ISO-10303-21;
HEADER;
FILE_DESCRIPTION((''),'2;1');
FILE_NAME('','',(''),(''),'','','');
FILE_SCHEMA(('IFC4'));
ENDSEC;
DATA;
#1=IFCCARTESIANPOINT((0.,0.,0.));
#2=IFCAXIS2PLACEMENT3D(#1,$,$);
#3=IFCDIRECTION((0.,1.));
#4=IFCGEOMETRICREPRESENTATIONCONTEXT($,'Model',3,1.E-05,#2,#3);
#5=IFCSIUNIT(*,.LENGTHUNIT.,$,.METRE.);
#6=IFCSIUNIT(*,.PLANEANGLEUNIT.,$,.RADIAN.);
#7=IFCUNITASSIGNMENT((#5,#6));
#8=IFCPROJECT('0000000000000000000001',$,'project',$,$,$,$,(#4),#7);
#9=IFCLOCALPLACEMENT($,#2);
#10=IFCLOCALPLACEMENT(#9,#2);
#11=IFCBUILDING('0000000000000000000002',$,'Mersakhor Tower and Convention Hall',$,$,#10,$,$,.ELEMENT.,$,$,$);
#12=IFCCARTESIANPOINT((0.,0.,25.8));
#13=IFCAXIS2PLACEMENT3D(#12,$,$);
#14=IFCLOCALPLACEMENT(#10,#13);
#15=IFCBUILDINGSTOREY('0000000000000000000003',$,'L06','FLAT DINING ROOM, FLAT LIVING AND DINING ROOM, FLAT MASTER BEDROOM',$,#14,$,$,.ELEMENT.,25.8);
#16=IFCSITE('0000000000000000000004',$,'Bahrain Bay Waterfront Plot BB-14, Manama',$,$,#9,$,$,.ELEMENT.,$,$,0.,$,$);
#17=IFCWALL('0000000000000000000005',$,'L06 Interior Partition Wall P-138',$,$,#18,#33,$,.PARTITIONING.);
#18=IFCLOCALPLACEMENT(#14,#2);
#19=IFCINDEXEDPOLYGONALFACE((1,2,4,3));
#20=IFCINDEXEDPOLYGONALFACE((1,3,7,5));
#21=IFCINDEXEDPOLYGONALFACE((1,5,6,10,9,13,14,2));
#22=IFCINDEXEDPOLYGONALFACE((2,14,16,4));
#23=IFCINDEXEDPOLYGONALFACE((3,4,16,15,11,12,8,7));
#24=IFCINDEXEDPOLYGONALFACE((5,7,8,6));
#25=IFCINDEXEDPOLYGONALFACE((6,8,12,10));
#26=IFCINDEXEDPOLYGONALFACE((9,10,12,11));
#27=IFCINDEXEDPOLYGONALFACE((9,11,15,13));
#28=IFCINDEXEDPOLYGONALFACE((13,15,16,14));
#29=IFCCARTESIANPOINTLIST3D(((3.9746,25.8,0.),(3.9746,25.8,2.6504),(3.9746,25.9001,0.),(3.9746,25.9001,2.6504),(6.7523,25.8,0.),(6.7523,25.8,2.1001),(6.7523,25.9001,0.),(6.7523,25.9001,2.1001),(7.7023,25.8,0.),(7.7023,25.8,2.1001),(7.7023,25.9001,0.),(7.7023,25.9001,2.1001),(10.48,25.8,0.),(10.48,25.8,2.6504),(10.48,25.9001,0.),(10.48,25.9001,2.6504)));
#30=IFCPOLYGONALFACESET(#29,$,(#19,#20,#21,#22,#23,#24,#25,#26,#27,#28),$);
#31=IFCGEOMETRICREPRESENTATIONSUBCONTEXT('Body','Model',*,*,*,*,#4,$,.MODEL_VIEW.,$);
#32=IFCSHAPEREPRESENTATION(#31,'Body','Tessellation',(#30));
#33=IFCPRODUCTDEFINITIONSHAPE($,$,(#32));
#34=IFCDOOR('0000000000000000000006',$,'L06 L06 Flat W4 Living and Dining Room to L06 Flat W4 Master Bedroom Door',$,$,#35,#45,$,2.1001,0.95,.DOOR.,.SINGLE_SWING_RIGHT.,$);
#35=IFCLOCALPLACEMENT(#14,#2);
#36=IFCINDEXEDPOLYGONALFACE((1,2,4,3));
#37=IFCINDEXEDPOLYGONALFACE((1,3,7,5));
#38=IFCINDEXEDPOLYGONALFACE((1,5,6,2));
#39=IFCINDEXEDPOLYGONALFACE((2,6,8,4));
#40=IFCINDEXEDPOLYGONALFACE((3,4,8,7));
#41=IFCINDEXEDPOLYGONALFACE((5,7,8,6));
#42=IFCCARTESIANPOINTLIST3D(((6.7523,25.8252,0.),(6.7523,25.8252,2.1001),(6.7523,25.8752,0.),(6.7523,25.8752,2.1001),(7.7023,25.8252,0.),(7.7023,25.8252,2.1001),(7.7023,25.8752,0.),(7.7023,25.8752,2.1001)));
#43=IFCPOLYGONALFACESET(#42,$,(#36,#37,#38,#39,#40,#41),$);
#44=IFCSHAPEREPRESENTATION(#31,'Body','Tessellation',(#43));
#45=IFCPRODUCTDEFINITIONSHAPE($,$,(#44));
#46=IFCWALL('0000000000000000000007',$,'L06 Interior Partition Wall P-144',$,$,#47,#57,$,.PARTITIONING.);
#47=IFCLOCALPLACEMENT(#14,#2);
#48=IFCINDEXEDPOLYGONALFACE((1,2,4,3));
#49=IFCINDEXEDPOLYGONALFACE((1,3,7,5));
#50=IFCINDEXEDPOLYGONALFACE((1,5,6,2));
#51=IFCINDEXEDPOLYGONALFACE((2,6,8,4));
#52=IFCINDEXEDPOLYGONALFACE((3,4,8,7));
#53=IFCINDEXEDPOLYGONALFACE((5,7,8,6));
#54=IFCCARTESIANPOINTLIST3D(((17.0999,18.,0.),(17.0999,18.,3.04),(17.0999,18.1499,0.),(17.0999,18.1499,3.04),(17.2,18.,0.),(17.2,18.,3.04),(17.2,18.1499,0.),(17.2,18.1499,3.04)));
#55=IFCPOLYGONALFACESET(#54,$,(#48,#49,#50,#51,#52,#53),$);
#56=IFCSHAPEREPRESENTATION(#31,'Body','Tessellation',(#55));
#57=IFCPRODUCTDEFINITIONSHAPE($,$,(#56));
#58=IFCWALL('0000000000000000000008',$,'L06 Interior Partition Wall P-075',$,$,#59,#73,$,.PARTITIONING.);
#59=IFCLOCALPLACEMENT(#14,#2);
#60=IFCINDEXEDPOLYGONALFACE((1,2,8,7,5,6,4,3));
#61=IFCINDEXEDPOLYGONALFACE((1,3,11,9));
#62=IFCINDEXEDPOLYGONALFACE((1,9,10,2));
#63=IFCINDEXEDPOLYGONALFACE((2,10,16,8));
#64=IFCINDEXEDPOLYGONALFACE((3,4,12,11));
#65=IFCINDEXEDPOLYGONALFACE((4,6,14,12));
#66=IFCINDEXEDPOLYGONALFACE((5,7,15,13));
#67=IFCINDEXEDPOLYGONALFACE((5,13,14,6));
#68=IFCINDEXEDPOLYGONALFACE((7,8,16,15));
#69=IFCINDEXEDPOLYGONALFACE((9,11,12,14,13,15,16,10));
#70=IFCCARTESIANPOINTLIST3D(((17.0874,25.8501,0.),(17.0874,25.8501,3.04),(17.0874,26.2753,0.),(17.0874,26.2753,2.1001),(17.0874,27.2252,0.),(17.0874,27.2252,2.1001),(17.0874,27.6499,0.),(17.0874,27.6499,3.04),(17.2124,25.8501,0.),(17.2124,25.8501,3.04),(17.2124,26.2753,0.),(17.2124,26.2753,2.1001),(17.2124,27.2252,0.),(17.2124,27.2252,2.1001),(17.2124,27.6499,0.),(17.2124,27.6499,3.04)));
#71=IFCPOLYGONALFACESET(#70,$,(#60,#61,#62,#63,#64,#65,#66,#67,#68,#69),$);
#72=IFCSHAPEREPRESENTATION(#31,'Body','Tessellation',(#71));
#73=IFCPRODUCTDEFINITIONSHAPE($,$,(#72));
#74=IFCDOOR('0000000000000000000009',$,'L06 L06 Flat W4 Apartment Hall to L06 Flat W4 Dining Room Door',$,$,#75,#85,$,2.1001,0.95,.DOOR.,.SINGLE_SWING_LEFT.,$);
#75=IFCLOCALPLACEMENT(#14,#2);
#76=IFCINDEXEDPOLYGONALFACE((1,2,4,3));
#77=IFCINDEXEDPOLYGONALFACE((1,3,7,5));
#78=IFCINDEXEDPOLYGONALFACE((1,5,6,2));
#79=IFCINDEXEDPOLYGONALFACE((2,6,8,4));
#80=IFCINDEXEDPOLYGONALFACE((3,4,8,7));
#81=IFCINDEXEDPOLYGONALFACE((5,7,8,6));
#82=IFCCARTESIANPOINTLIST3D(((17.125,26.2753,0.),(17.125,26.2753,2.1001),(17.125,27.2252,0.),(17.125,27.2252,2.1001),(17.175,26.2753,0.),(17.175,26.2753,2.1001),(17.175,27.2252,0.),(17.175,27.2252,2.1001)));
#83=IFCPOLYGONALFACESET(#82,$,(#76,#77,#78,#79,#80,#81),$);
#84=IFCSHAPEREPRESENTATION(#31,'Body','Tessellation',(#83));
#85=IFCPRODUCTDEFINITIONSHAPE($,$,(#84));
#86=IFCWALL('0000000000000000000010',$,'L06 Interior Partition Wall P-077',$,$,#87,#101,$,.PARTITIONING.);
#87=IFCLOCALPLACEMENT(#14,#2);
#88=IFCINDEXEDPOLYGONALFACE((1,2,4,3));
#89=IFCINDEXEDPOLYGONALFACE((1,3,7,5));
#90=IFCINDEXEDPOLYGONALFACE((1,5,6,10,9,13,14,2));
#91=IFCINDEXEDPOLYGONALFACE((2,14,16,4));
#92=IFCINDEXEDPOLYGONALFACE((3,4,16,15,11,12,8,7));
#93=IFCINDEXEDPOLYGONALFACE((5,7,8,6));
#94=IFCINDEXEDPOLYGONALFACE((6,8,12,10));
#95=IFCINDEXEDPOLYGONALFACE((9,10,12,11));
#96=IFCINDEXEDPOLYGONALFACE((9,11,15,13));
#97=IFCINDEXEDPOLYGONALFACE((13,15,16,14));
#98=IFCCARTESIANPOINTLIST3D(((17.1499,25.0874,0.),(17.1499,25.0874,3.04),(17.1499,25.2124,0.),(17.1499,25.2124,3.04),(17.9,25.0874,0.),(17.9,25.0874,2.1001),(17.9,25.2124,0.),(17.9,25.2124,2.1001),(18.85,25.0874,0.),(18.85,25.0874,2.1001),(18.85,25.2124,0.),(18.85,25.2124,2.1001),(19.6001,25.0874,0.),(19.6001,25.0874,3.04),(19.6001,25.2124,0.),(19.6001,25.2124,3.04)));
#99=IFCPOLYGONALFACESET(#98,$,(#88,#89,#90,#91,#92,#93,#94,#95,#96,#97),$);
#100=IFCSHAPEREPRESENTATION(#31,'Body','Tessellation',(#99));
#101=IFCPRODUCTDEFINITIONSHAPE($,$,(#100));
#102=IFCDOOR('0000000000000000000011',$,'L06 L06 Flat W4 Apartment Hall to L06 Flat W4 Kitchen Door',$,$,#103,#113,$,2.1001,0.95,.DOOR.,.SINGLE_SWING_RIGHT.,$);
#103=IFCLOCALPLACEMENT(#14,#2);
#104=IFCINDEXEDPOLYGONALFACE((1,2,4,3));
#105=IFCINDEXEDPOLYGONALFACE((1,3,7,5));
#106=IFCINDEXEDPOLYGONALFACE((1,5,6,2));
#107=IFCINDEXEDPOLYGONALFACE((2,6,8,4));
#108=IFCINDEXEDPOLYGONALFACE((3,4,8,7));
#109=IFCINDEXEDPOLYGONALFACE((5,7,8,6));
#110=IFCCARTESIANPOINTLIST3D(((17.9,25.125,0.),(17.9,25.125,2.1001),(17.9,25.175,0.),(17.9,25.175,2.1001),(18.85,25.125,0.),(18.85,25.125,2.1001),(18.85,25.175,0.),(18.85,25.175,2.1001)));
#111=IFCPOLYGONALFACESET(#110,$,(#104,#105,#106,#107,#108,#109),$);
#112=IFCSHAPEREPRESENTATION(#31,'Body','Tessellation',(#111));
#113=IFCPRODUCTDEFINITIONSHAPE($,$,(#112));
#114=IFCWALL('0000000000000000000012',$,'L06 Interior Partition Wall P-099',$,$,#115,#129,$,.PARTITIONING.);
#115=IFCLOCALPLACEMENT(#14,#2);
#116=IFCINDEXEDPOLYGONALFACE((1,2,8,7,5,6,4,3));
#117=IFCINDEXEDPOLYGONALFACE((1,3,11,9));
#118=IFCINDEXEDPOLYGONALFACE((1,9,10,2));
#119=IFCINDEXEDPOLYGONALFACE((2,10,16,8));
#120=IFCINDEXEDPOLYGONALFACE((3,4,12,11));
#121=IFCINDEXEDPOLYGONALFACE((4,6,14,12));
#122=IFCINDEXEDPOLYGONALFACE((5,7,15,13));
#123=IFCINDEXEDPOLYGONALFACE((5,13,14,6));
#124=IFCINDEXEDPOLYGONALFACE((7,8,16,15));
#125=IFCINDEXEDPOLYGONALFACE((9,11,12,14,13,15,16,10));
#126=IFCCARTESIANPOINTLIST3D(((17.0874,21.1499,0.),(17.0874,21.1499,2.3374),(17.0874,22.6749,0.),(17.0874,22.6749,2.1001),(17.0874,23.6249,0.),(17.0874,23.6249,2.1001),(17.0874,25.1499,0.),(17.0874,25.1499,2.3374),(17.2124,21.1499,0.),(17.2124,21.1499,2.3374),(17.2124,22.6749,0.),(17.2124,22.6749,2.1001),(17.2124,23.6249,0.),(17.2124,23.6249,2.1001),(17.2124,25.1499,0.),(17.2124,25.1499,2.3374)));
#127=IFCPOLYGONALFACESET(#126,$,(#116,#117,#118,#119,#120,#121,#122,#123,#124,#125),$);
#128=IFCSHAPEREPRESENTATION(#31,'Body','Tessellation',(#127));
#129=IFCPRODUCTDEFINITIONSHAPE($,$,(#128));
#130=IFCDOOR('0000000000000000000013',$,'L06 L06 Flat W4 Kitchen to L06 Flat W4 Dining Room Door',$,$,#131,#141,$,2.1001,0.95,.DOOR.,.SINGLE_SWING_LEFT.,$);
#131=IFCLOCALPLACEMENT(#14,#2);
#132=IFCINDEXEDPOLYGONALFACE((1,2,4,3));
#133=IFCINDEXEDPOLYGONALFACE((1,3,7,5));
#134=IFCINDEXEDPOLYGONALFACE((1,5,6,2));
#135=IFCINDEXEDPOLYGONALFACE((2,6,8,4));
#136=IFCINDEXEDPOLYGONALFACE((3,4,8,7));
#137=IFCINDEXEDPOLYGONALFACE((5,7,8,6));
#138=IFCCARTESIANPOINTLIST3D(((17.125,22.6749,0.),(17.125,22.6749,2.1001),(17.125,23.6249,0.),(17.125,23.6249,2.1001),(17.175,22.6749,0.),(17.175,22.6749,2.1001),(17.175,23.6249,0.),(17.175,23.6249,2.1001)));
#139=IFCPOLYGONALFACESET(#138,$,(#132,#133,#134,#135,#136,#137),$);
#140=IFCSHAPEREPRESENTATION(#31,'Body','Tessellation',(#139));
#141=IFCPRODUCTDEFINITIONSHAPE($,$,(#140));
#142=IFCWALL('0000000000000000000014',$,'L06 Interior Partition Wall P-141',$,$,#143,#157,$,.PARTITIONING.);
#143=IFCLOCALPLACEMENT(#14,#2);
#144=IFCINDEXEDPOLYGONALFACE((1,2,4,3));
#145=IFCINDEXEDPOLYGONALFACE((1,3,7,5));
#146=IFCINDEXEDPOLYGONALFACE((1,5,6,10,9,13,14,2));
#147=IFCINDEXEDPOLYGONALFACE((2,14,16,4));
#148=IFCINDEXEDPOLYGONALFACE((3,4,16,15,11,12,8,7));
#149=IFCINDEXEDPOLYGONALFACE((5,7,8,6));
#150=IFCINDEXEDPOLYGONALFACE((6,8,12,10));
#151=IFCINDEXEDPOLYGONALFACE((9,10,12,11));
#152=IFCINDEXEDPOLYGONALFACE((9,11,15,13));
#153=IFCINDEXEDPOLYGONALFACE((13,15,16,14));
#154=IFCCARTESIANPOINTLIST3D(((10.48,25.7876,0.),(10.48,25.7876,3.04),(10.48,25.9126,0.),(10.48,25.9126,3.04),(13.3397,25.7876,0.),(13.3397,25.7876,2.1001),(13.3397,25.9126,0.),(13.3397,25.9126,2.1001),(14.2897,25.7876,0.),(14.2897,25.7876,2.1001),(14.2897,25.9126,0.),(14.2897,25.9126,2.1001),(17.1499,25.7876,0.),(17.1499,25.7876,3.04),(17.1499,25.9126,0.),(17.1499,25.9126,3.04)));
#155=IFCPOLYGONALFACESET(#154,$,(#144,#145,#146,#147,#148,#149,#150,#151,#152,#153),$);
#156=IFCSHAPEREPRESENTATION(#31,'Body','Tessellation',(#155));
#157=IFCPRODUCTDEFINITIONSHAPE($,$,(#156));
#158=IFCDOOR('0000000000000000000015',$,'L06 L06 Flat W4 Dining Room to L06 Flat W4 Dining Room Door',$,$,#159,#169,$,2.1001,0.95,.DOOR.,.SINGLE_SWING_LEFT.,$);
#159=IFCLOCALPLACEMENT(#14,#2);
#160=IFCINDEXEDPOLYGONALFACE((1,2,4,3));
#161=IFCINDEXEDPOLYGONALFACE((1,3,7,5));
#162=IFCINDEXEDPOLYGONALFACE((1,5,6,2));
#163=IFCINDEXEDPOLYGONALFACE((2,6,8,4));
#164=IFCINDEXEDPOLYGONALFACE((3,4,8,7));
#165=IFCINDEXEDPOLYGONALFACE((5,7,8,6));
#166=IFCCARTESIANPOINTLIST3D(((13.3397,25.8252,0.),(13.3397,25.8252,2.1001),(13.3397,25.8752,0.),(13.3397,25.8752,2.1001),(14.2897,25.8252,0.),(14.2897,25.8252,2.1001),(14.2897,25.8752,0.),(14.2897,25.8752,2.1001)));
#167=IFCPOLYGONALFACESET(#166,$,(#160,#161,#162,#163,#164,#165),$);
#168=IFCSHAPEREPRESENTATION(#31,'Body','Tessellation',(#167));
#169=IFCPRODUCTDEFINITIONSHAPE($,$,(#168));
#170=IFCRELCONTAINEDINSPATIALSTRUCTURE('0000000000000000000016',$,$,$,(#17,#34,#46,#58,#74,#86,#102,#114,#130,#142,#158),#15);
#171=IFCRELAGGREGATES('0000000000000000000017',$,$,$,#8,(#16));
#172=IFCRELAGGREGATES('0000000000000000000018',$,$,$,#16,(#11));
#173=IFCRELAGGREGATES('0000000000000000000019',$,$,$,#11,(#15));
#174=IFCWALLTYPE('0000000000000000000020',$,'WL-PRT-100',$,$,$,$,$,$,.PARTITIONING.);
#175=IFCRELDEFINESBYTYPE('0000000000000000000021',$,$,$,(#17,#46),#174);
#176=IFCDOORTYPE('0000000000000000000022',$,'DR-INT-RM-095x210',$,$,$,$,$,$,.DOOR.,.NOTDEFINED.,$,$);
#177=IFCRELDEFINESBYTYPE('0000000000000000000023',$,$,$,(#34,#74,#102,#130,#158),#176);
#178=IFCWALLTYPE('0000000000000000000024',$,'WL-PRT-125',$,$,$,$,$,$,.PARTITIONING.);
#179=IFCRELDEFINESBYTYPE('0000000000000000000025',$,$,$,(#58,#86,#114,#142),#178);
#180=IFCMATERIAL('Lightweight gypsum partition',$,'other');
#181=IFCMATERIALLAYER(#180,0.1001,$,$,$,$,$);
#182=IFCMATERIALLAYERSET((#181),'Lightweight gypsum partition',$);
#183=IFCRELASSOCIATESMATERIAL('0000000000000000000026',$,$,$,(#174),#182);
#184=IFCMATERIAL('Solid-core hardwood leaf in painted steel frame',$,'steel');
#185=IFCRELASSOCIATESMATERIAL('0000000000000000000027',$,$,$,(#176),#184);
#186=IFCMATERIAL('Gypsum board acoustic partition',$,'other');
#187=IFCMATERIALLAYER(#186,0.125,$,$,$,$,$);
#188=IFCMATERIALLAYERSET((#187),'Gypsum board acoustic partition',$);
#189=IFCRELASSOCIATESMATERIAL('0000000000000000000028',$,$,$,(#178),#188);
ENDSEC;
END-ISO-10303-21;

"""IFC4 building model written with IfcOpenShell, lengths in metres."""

from ifc_helpers import new_model, si_unit, direction, frame, frame_2d, origin, place, context, subcontext, project, spatial, rectangle, extrude, material, layer, layer_set, type_object, element, fill, save


model = new_model("IFC4")

# Units and contexts
model_context = context("Model", 3, precision=1e-05, world=origin(), true_north=direction((0.0, 1.0)))
body_context = subcontext(model_context, "Body", "Model", "MODEL_VIEW")
ifc_project = project(units=[si_unit("LENGTHUNIT", "METRE"), si_unit("PLANEANGLEUNIT", "RADIAN")], contexts=[model_context])

# Site, building, storey
site_placement = place(None, origin())
site = spatial("IfcSite", under=ifc_project, at=site_placement, Name="Bahrain Bay Waterfront Plot BB-14, Manama", CompositionType="ELEMENT", RefElevation=0.0)
building_placement = place(site_placement, origin())
building = spatial("IfcBuilding", under=site, at=building_placement, Name="Mersakhor Tower and Convention Hall", CompositionType="ELEMENT")
storey_placement = place(building_placement, frame((0.0, 0.0, 25.8)))
storey = spatial("IfcBuildingStorey", under=building, at=storey_placement, Name="L06", Description="FLAT DINING ROOM, FLAT LIVING AND DINING ROOM, FLAT MASTER BEDROOM", CompositionType="ELEMENT", Elevation=25.8)

# Shared definitions
ifc_material_1 = material(Name="Lightweight gypsum partition", Category="other")
ifc_layer_1 = layer(ifc_material_1, 0.1001)
ifc_layer_set_1 = layer_set([ifc_layer_1], Name="Lightweight gypsum partition")
wall_type_1 = type_object("IfcWallType", Name="WL-PRT-100", PredefinedType="PARTITIONING", material=ifc_layer_set_1)

# Wall, opening, door
wall_1_placement = place(storey_placement, frame((10.48, 25.8501, 0.0), z_axis=(0.0, 0.0, 1.0), x_axis=(-1.0, 0.0, 0.0)))
wall_1 = element("IfcWall", 1, at=wall_1_placement, inside=storey, type_object=wall_type_1, Name="L06 Interior Partition Wall P-138", PredefinedType="PARTITIONING", context=body_context, shape_type="SweptSolid", body=[
    extrude(rectangle(XDim=6.5054, YDim=0.1001, at=frame_2d((3.2527, 0.0))), origin(), (0.0, 0.0, 1.0), 2.6504),
])
opening_1_placement = place(wall_1_placement, frame((2.7776, 0.0, 0.0)))
opening_1 = element("IfcOpeningElement", 2, at=opening_1_placement, cuts=wall_1, PredefinedType="OPENING", context=body_context, shape_type="SweptSolid", body=[
    extrude(rectangle(XDim=0.95, YDim=2.1001, at=frame_2d((0.4751, 1.05))), frame((0.0, 0.0601, 0.0), z_axis=(0.0, -1.0, 0.0), x_axis=(1.0, 0.0, 0.0)), (0.0, 0.0, 1.0), 0.1201),
])
ifc_material_2 = material(Name="Solid-core hardwood leaf in painted steel frame", Category="steel")
door_type_1 = type_object("IfcDoorType", Name="DR-INT-RM-095x210", OperationType="NOTDEFINED", PredefinedType="DOOR", material=ifc_material_2)
door_1_placement = place(opening_1_placement, origin())
door_1 = element("IfcDoor", 3, at=door_1_placement, inside=storey, type_object=door_type_1, Name="L06 L06 Flat W4 Living and Dining Room to L06 Flat W4 Master Bedroom Door", OperationType="SINGLE_SWING_RIGHT", OverallHeight=2.1001, OverallWidth=0.95, PredefinedType="DOOR", context=body_context, shape_type="SweptSolid", body=[
    extrude(rectangle(XDim=0.95, YDim=2.1001, at=frame_2d((0.4751, 1.05))), frame((0.0, 0.0249, 0.0), z_axis=(0.0, -1.0, 0.0), x_axis=(1.0, 0.0, 0.0)), (0.0, 0.0, 1.0), 0.05),
])
fill(opening_1, door_1)

# Wall
wall_2_placement = place(storey_placement, frame((17.1499, 18.1499, 0.0), z_axis=(0.0, 0.0, 1.0), x_axis=(0.0, -1.0, 0.0)))
element("IfcWall", 4, at=wall_2_placement, inside=storey, type_object=wall_type_1, Name="L06 Interior Partition Wall P-144", PredefinedType="PARTITIONING", context=body_context, shape_type="SweptSolid", body=[
    extrude(rectangle(XDim=0.1499, YDim=0.1001, at=frame_2d((0.075, 0.0))), origin(), (0.0, 0.0, 1.0), 3.04),
])

# Walls, openings, doors
ifc_material_3 = material(Name="Gypsum board acoustic partition", Category="other")
ifc_layer_2 = layer(ifc_material_3, 0.125)
ifc_layer_set_2 = layer_set([ifc_layer_2], Name="Gypsum board acoustic partition")
wall_type_2 = type_object("IfcWallType", Name="WL-PRT-125", PredefinedType="PARTITIONING", material=ifc_layer_set_2)
wall_3_placement = place(storey_placement, frame((17.1499, 25.8501, 0.0), z_axis=(0.0, 0.0, 1.0), x_axis=(0.0, 1.0, 0.0)))
wall_3 = element("IfcWall", 5, at=wall_3_placement, inside=storey, type_object=wall_type_2, Name="L06 Interior Partition Wall P-075", PredefinedType="PARTITIONING", context=body_context, shape_type="SweptSolid", body=[
    extrude(rectangle(XDim=1.7998, YDim=0.125, at=frame_2d((0.8999, 0.0))), origin(), (0.0, 0.0, 1.0), 3.04),
])
opening_2_placement = place(wall_3_placement, frame((0.425, 0.0, 0.0)))
opening_2 = element("IfcOpeningElement", 6, at=opening_2_placement, cuts=wall_3, PredefinedType="OPENING", context=body_context, shape_type="SweptSolid", body=[
    extrude(rectangle(XDim=0.95, YDim=2.1001, at=frame_2d((0.4751, 1.05))), frame((0.0, 0.0725, 0.0), z_axis=(0.0, -1.0, 0.0), x_axis=(1.0, 0.0, 0.0)), (0.0, 0.0, 1.0), 0.145),
])
door_2_placement = place(opening_2_placement, origin())
door_2 = element("IfcDoor", 7, at=door_2_placement, inside=storey, type_object=door_type_1, Name="L06 L06 Flat W4 Apartment Hall to L06 Flat W4 Dining Room Door", OperationType="SINGLE_SWING_LEFT", OverallHeight=2.1001, OverallWidth=0.95, PredefinedType="DOOR", context=body_context, shape_type="SweptSolid", body=[
    extrude(rectangle(XDim=0.95, YDim=2.1001, at=frame_2d((0.4751, 1.05))), frame((0.0, 0.0249, 0.0), z_axis=(0.0, -1.0, 0.0), x_axis=(1.0, 0.0, 0.0)), (0.0, 0.0, 1.0), 0.05),
])
fill(opening_2, door_2)
wall_4_placement = place(storey_placement, frame((19.6001, 25.1499, 0.0), z_axis=(0.0, 0.0, 1.0), x_axis=(-1.0, 0.0, 0.0)))
wall_4 = element("IfcWall", 8, at=wall_4_placement, inside=storey, type_object=wall_type_2, Name="L06 Interior Partition Wall P-077", PredefinedType="PARTITIONING", context=body_context, shape_type="SweptSolid", body=[
    extrude(rectangle(XDim=2.4502, YDim=0.125, at=frame_2d((1.2251, 0.0))), origin(), (0.0, 0.0, 1.0), 3.04),
])
opening_3_placement = place(wall_4_placement, frame((0.75, 0.0, 0.0)))
opening_3 = element("IfcOpeningElement", 9, at=opening_3_placement, cuts=wall_4, PredefinedType="OPENING", context=body_context, shape_type="SweptSolid", body=[
    extrude(rectangle(XDim=0.95, YDim=2.1001, at=frame_2d((0.4751, 1.05))), frame((0.0, 0.0725, 0.0), z_axis=(0.0, -1.0, 0.0), x_axis=(1.0, 0.0, 0.0)), (0.0, 0.0, 1.0), 0.145),
])
door_3_placement = place(opening_3_placement, origin())
door_3 = element("IfcDoor", 10, at=door_3_placement, inside=storey, type_object=door_type_1, Name="L06 L06 Flat W4 Apartment Hall to L06 Flat W4 Kitchen Door", OperationType="SINGLE_SWING_RIGHT", OverallHeight=2.1001, OverallWidth=0.95, PredefinedType="DOOR", context=body_context, shape_type="SweptSolid", body=[
    extrude(rectangle(XDim=0.95, YDim=2.1001, at=frame_2d((0.4751, 1.05))), frame((0.0, 0.0249, 0.0), z_axis=(0.0, -1.0, 0.0), x_axis=(1.0, 0.0, 0.0)), (0.0, 0.0, 1.0), 0.05),
])
fill(opening_3, door_3)
wall_5_placement = place(storey_placement, frame((17.1499, 21.1499, 0.0), z_axis=(0.0, 0.0, 1.0), x_axis=(0.0, 1.0, 0.0)))
wall_5 = element("IfcWall", 11, at=wall_5_placement, inside=storey, type_object=wall_type_2, Name="L06 Interior Partition Wall P-099", PredefinedType="PARTITIONING", context=body_context, shape_type="SweptSolid", body=[
    extrude(rectangle(XDim=4.0, YDim=0.125, at=frame_2d((2.0, 0.0))), origin(), (0.0, 0.0, 1.0), 2.3374),
])
opening_4_placement = place(wall_5_placement, frame((1.5249, 0.0, 0.0)))
opening_4 = element("IfcOpeningElement", 12, at=opening_4_placement, cuts=wall_5, PredefinedType="OPENING", context=body_context, shape_type="SweptSolid", body=[
    extrude(rectangle(XDim=0.95, YDim=2.1001, at=frame_2d((0.4751, 1.05))), frame((0.0, 0.0725, 0.0), z_axis=(0.0, -1.0, 0.0), x_axis=(1.0, 0.0, 0.0)), (0.0, 0.0, 1.0), 0.145),
])
door_4_placement = place(opening_4_placement, origin())
door_4 = element("IfcDoor", 13, at=door_4_placement, inside=storey, type_object=door_type_1, Name="L06 L06 Flat W4 Kitchen to L06 Flat W4 Dining Room Door", OperationType="SINGLE_SWING_LEFT", OverallHeight=2.1001, OverallWidth=0.95, PredefinedType="DOOR", context=body_context, shape_type="SweptSolid", body=[
    extrude(rectangle(XDim=0.95, YDim=2.1001, at=frame_2d((0.4751, 1.05))), frame((0.0, 0.0249, 0.0), z_axis=(0.0, -1.0, 0.0), x_axis=(1.0, 0.0, 0.0)), (0.0, 0.0, 1.0), 0.05),
])
fill(opening_4, door_4)
wall_6_placement = place(storey_placement, frame((17.1499, 25.8501, 0.0), z_axis=(0.0, 0.0, 1.0), x_axis=(-1.0, 0.0, 0.0)))
wall_6 = element("IfcWall", 14, at=wall_6_placement, inside=storey, type_object=wall_type_2, Name="L06 Interior Partition Wall P-141", PredefinedType="PARTITIONING", context=body_context, shape_type="SweptSolid", body=[
    extrude(rectangle(XDim=6.6699, YDim=0.125, at=frame_2d((3.335, 0.0))), origin(), (0.0, 0.0, 1.0), 3.04),
])
opening_5_placement = place(wall_6_placement, frame((2.8601, 0.0, 0.0)))
opening_5 = element("IfcOpeningElement", 15, at=opening_5_placement, cuts=wall_6, PredefinedType="OPENING", context=body_context, shape_type="SweptSolid", body=[
    extrude(rectangle(XDim=0.95, YDim=2.1001, at=frame_2d((0.4751, 1.05))), frame((0.0, 0.0725, 0.0), z_axis=(0.0, -1.0, 0.0), x_axis=(1.0, 0.0, 0.0)), (0.0, 0.0, 1.0), 0.145),
])
door_5_placement = place(opening_5_placement, origin())
door_5 = element("IfcDoor", 16, at=door_5_placement, inside=storey, type_object=door_type_1, Name="L06 L06 Flat W4 Dining Room to L06 Flat W4 Dining Room Door", OperationType="SINGLE_SWING_LEFT", OverallHeight=2.1001, OverallWidth=0.95, PredefinedType="DOOR", context=body_context, shape_type="SweptSolid", body=[
    extrude(rectangle(XDim=0.95, YDim=2.1001, at=frame_2d((0.4751, 1.05))), frame((0.0, 0.0249, 0.0), z_axis=(0.0, -1.0, 0.0), x_axis=(1.0, 0.0, 0.0)), (0.0, 0.0, 1.0), 0.05),
])
fill(opening_5, door_5)

save(model, "model.ifc")
